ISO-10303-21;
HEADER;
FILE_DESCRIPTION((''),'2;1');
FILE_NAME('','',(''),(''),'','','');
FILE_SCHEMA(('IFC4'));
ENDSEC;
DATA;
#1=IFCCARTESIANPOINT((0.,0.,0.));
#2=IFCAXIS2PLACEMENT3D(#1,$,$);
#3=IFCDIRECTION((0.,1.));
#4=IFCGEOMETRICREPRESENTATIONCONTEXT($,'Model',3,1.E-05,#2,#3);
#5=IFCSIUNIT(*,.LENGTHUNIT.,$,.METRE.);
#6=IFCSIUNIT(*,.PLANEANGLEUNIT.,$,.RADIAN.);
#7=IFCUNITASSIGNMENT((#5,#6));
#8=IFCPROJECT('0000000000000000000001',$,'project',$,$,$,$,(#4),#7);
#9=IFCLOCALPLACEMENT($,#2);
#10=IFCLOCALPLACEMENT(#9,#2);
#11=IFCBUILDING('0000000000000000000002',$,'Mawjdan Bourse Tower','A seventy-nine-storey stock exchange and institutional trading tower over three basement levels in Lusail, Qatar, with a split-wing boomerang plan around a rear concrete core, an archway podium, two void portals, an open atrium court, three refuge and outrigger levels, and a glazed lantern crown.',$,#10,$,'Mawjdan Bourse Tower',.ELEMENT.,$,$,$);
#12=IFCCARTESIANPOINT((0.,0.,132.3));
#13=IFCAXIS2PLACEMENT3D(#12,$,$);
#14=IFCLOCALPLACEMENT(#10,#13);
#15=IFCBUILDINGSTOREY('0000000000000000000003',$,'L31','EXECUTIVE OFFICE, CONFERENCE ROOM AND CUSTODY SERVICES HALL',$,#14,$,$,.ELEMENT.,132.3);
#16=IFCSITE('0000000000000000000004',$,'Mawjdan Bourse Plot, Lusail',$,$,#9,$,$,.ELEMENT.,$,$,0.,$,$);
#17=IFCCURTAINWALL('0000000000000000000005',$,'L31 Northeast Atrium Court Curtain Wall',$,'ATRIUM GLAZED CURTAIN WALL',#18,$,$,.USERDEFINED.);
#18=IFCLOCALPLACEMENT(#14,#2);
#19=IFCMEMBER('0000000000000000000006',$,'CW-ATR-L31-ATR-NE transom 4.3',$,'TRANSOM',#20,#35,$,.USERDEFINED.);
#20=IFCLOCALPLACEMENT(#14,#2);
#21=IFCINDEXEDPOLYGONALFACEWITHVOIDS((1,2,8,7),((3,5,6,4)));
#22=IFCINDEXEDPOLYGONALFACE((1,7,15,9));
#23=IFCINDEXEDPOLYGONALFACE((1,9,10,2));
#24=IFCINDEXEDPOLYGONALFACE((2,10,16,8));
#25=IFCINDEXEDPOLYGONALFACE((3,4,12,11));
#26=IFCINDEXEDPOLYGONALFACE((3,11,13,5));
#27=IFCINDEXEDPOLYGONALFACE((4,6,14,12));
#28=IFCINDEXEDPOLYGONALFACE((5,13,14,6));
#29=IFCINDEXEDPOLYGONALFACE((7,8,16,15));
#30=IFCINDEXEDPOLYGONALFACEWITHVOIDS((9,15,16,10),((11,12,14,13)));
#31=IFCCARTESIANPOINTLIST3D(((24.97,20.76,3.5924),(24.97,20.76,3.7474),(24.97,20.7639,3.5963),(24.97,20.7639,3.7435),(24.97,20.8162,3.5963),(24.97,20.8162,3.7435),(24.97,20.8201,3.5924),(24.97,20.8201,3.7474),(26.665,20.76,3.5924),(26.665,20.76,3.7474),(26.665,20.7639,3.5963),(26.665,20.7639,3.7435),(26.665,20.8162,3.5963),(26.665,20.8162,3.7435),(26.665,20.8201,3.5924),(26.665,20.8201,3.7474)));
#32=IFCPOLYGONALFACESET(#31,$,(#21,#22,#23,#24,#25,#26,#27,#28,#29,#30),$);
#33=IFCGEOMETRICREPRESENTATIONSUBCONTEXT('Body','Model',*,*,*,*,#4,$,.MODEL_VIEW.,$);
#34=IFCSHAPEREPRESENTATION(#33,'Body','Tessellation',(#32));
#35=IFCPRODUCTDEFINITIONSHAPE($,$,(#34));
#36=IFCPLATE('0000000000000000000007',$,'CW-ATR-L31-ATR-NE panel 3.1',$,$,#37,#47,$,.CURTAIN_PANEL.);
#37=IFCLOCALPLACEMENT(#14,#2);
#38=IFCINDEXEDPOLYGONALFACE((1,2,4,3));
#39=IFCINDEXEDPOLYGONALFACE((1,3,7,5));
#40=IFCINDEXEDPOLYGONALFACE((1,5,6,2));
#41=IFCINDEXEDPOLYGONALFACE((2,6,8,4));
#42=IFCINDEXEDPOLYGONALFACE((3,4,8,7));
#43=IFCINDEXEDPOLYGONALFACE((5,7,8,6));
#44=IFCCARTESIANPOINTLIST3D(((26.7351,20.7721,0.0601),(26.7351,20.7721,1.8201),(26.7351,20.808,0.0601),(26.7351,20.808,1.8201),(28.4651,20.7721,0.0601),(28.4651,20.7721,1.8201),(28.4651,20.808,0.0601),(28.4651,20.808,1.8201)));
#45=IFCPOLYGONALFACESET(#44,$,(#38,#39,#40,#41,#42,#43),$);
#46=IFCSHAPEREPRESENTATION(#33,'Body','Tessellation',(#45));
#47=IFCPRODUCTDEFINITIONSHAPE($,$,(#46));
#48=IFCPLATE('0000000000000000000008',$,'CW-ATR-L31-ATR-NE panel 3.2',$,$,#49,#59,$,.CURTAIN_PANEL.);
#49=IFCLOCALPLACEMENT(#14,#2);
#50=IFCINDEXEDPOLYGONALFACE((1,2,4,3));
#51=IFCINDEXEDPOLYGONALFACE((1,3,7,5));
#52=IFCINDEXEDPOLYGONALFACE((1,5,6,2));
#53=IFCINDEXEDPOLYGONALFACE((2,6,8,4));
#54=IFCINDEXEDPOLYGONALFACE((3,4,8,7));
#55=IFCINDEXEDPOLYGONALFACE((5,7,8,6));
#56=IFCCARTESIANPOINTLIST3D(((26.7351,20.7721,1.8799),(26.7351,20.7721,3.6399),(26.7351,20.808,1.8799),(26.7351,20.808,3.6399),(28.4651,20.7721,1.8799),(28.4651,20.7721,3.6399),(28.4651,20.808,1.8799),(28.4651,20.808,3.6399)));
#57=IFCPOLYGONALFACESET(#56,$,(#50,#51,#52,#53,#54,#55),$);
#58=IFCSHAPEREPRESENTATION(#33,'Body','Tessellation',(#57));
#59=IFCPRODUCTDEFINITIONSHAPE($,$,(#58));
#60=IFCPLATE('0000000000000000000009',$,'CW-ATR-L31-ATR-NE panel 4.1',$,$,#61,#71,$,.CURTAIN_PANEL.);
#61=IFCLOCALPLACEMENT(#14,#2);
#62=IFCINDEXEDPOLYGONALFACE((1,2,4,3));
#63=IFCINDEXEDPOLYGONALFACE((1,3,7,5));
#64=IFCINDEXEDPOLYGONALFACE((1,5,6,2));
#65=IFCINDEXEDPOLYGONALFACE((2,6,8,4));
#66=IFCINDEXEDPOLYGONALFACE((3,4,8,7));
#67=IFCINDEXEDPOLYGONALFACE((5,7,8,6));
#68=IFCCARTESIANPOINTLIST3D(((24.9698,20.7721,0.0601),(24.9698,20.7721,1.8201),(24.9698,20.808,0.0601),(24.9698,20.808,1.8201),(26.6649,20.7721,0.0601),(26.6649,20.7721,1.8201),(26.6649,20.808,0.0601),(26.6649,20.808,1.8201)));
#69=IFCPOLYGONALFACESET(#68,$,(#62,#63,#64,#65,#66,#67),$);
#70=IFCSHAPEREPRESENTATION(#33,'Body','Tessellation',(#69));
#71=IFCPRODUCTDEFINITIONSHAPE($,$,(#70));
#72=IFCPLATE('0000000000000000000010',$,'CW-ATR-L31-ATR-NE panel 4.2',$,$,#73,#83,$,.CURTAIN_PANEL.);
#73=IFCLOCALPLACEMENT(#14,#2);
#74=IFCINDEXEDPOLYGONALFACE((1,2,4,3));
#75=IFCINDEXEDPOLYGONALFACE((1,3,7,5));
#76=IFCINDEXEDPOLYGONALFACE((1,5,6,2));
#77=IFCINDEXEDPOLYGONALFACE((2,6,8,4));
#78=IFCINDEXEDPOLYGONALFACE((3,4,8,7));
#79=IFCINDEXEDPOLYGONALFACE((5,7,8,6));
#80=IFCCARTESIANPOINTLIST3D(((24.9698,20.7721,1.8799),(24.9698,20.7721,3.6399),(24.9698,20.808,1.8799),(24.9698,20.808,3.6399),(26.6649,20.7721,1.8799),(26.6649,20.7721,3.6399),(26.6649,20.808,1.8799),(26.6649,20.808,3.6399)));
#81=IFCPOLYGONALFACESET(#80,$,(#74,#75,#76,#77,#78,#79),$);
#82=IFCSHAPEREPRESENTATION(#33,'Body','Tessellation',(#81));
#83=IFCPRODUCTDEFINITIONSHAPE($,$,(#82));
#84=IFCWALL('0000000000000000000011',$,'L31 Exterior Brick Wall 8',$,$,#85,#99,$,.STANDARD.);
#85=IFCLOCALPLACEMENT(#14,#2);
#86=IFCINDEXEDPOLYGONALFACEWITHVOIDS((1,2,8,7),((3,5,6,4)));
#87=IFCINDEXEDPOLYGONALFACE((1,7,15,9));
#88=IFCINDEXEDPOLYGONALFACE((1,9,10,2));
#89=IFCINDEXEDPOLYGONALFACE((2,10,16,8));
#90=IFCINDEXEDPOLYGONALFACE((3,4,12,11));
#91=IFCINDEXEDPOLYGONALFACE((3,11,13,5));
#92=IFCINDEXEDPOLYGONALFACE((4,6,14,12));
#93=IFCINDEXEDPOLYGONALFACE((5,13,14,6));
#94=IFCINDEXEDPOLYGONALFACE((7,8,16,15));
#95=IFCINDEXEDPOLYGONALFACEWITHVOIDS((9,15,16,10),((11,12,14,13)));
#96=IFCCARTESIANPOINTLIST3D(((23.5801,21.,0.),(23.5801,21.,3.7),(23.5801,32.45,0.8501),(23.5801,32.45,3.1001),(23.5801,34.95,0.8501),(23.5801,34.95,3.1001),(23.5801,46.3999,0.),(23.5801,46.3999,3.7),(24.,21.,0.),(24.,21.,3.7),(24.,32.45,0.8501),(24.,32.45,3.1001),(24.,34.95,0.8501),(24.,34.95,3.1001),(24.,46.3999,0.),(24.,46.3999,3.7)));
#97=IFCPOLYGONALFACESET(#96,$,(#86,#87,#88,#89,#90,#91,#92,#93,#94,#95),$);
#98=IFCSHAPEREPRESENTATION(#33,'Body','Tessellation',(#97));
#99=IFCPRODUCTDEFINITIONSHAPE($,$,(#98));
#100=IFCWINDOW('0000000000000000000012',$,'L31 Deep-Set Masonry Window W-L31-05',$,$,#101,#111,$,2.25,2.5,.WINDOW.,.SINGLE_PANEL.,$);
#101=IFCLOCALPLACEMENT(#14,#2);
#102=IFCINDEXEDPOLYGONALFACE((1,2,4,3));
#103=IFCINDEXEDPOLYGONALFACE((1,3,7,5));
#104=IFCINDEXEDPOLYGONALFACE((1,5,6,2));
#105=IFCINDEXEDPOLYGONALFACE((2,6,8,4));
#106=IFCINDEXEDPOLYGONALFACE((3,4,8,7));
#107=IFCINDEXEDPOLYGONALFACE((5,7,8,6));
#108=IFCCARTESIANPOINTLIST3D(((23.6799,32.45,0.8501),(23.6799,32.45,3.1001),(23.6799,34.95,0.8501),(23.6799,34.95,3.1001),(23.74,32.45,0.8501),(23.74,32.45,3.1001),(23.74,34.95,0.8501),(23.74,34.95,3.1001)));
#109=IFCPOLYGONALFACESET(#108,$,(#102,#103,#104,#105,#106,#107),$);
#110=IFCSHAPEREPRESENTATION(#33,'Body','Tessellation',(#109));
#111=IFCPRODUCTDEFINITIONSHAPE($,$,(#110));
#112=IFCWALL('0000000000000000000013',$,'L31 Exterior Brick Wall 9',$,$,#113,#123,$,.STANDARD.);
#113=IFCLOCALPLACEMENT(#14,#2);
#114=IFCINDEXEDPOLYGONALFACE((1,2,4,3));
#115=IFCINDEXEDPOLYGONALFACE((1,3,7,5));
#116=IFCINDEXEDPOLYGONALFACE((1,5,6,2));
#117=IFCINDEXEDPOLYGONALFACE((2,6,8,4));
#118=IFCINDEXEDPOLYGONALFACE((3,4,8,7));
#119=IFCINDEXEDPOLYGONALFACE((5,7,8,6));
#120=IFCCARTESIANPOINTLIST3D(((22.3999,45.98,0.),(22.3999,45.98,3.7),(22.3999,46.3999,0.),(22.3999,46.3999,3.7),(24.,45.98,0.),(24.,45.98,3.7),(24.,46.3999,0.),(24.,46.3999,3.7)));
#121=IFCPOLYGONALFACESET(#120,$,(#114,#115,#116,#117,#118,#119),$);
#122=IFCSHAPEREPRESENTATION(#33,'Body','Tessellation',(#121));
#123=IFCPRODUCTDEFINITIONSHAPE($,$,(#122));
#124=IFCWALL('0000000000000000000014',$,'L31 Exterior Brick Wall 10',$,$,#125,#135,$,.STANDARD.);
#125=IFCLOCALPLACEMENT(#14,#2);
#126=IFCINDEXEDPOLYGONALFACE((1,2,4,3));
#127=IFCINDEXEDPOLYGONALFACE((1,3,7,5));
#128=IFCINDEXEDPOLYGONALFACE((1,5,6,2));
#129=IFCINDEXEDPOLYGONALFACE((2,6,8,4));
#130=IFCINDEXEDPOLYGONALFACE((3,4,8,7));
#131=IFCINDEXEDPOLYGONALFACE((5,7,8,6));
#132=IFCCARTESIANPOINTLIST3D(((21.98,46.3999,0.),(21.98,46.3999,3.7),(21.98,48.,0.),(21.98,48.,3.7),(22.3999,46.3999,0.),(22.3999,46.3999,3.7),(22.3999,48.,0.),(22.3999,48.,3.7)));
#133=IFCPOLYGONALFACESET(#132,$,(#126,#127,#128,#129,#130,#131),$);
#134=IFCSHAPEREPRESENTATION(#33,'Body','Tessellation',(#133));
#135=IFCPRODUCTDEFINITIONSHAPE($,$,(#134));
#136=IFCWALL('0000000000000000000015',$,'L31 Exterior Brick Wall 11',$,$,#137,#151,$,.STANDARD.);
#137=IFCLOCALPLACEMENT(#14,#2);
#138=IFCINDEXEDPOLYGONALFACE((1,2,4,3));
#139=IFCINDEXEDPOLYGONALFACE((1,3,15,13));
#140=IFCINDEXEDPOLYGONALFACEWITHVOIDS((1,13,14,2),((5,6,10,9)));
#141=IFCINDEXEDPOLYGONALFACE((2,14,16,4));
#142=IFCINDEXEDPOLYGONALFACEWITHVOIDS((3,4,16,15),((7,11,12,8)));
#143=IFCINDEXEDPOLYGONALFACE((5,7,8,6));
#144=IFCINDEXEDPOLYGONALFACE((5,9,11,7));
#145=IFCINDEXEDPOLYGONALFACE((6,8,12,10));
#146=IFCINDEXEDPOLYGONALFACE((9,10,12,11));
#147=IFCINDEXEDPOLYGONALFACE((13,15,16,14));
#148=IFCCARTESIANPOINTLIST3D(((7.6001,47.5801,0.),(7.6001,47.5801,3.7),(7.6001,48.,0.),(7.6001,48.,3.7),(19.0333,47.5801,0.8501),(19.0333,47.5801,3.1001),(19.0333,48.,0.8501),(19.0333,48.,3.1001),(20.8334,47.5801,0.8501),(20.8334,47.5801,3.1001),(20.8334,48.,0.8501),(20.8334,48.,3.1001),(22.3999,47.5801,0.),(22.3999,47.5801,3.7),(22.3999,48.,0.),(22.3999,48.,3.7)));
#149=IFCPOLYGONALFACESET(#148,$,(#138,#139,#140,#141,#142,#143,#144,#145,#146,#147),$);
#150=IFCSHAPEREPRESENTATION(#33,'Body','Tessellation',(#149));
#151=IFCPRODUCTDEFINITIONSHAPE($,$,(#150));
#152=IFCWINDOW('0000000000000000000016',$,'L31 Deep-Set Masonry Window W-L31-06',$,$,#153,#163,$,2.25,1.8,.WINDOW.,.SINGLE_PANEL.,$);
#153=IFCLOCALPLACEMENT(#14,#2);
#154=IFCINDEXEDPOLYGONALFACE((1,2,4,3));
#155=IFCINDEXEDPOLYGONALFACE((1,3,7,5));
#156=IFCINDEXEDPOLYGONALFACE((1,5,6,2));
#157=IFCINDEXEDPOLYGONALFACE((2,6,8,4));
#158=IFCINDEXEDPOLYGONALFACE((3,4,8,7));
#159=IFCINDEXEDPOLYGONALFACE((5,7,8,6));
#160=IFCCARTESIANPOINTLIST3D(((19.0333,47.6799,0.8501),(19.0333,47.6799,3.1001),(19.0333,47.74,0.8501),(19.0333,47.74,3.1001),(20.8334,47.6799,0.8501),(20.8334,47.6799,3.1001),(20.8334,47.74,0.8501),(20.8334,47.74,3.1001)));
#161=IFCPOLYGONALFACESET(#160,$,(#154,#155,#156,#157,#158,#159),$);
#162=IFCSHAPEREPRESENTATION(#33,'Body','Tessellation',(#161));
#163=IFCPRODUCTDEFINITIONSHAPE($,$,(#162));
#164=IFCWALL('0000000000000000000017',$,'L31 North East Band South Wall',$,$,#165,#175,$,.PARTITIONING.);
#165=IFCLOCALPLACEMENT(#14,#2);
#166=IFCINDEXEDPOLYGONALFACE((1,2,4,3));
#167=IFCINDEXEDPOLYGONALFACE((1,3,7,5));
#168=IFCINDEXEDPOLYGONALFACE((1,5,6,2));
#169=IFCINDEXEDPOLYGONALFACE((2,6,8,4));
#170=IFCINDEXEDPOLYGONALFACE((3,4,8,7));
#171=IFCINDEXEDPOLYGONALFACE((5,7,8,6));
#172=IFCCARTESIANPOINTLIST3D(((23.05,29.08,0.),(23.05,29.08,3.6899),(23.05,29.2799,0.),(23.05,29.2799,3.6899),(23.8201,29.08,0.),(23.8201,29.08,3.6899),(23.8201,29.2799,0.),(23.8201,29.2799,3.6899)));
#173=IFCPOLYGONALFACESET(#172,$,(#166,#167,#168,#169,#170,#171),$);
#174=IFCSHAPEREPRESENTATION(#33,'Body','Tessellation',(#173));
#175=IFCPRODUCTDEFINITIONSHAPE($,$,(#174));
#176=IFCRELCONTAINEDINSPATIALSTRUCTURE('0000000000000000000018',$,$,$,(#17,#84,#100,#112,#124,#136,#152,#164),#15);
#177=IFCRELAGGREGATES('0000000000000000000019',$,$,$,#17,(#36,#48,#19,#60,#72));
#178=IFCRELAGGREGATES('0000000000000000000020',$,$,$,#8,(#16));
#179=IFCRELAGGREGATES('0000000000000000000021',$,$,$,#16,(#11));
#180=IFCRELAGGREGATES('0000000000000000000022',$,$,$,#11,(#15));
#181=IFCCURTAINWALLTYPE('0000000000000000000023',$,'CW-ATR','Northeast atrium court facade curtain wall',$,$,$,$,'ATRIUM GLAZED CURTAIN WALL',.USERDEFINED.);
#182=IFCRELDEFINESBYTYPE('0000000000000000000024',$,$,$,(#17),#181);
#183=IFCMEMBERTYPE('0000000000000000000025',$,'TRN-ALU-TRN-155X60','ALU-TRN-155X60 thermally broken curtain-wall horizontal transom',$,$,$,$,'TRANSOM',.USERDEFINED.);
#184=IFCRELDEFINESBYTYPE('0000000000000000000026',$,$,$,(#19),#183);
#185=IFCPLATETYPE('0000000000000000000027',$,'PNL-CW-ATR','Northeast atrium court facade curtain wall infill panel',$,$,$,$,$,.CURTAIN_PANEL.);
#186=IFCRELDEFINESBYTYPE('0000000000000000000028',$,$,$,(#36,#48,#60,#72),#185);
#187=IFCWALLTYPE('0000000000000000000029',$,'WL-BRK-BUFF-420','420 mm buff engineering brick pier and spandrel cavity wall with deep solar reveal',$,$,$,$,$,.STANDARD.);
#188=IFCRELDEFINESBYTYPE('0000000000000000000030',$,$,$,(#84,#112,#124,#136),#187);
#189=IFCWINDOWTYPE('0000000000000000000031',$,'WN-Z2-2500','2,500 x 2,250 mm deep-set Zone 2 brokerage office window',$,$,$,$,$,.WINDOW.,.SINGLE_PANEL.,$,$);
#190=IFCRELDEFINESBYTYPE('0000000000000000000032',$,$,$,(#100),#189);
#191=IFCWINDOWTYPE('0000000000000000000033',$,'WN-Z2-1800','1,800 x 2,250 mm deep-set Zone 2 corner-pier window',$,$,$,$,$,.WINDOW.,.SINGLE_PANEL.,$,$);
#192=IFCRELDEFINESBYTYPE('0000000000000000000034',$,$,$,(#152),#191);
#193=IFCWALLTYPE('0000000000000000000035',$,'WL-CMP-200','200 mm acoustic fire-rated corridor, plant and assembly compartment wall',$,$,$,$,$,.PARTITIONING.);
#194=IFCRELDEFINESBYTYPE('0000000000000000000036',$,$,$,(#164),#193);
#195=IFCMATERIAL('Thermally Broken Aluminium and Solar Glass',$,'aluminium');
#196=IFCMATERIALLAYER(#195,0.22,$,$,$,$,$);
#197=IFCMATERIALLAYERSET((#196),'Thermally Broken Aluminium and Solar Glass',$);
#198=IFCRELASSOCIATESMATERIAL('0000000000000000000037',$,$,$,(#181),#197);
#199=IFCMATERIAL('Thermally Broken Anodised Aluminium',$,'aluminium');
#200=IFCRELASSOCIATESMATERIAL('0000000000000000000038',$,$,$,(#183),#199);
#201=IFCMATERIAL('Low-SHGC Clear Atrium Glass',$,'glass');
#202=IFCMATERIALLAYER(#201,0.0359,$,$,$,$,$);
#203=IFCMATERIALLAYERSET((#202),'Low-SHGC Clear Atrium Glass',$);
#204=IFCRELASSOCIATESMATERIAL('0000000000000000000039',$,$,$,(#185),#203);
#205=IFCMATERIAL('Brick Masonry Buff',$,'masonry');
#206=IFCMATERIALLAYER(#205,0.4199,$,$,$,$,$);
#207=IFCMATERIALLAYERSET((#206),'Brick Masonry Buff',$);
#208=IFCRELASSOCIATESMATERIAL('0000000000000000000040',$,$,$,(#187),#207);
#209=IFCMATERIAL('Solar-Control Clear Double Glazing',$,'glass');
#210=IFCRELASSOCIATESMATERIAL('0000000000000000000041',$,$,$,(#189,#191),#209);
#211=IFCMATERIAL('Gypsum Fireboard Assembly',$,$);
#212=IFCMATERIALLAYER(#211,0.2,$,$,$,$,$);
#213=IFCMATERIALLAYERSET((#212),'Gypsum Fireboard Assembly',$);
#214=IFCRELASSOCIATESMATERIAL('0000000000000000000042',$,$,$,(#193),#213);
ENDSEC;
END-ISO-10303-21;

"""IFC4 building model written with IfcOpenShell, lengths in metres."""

from ifc_helpers import new_model, si_unit, direction, frame, frame_2d, origin, origin_2d, place, context, subcontext, project, spatial, rectangle, hollow_rectangle, extrude, material, layer, layer_set, material_profile, profile_set, type_object, element, fill, aggregate, save


model = new_model("IFC4")

# Units and contexts
model_context = context("Model", 3, precision=1e-05, world=origin(), true_north=direction((0.0, 1.0)))
body_context = subcontext(model_context, "Body", "Model", "MODEL_VIEW")
ifc_project = project(units=[si_unit("LENGTHUNIT", "METRE"), si_unit("PLANEANGLEUNIT", "RADIAN")], contexts=[model_context])

# Site, building, storey
site_placement = place(None, origin())
site = spatial("IfcSite", under=ifc_project, at=site_placement, Name="Mawjdan Bourse Plot, Lusail", CompositionType="ELEMENT", RefElevation=0.0)
building_placement = place(site_placement, origin())
building = spatial("IfcBuilding", under=site, at=building_placement, Name="Mawjdan Bourse Tower", Description="A seventy-nine-storey stock exchange and institutional trading tower over three basement levels in Lusail, Qatar, with a split-wing boomerang plan around a rear concrete core, an archway podium, two void portals, an open atrium court, three refuge and outrigger levels, and a glazed lantern crown.", LongName="Mawjdan Bourse Tower", CompositionType="ELEMENT")
storey_placement = place(building_placement, frame((0.0, 0.0, 132.3)))
storey = spatial("IfcBuildingStorey", under=building, at=storey_placement, Name="L31", Description="EXECUTIVE OFFICE, CONFERENCE ROOM AND CUSTODY SERVICES HALL", CompositionType="ELEMENT", Elevation=132.3)

# Curtain wall
ifc_material_1 = material(Name="Thermally Broken Aluminium and Solar Glass", Category="aluminium")
ifc_layer_1 = layer(ifc_material_1, 0.22)
ifc_layer_set_1 = layer_set([ifc_layer_1], Name="Thermally Broken Aluminium and Solar Glass")
curtain_wall_type = type_object("IfcCurtainWallType", Name="CW-ATR", Description="Northeast atrium court facade curtain wall", ElementType="ATRIUM GLAZED CURTAIN WALL", PredefinedType="USERDEFINED", material=ifc_layer_set_1)
curtain_wall_placement = place(storey_placement, origin())
curtain_wall = element("IfcCurtainWall", 1, at=curtain_wall_placement, inside=storey, type_object=curtain_wall_type, Name="L31 Northeast Atrium Court Curtain Wall", ObjectType="ATRIUM GLAZED CURTAIN WALL", PredefinedType="USERDEFINED")
ifc_material_2 = material(Name="Thermally Broken Anodised Aluminium", Category="aluminium")

# Member
ifc_material_profile_1 = material_profile(ifc_material_2, hollow_rectangle(XDim=0.0601, YDim=0.155, WallThickness=0.0039, at=origin_2d()), Name="ALU-TRN-155X60")
ifc_profile_set_1 = profile_set([ifc_material_profile_1], Name="Thermally Broken Anodised Aluminium")
member_type_1 = type_object("IfcMemberType", Name="TRN-ALU-TRN-155X60", Description="ALU-TRN-155X60 thermally broken curtain-wall horizontal transom", ElementType="TRANSOM", PredefinedType="USERDEFINED", material=ifc_profile_set_1)
member_1_placement = place(storey_placement, frame((26.665, 20.79, 3.6699), z_axis=(-1.0, 0.0, 0.0), x_axis=(0.0, -1.0, 0.0)))
member_1 = element("IfcMember", 2, at=member_1_placement, type_object=member_type_1, Name="CW-ATR-L31-ATR-NE transom 4.3", ObjectType="TRANSOM", PredefinedType="USERDEFINED", context=body_context, shape_type="SweptSolid", body=[
    extrude(hollow_rectangle(XDim=0.0601, YDim=0.155, WallThickness=0.0039, at=origin_2d()), origin(), (0.0, 0.0, 1.0), 1.6951),
])

# Plates
ifc_material_3 = material(Name="Low-SHGC Clear Atrium Glass", Category="glass")
ifc_layer_2 = layer(ifc_material_3, 0.0359)
ifc_layer_set_2 = layer_set([ifc_layer_2], Name="Low-SHGC Clear Atrium Glass")
plate_type = type_object("IfcPlateType", Name="PNL-CW-ATR", Description="Northeast atrium court facade curtain wall infill panel", PredefinedType="CURTAIN_PANEL", material=ifc_layer_set_2)
plate_1_placement = place(storey_placement, frame((27.6001, 20.79, 0.0601), z_axis=(0.0, 0.0, 1.0), x_axis=(-1.0, 0.0, 0.0)))
plate_1 = element("IfcPlate", 3, at=plate_1_placement, type_object=plate_type, Name="CW-ATR-L31-ATR-NE panel 3.1", PredefinedType="CURTAIN_PANEL", context=body_context, shape_type="SweptSolid", body=[
    extrude(rectangle(XDim=1.73, YDim=0.0359, at=origin_2d()), origin(), (0.0, 0.0, 1.0), 1.76),
])
plate_2_placement = place(storey_placement, frame((27.6001, 20.79, 1.8799), z_axis=(0.0, 0.0, 1.0), x_axis=(-1.0, 0.0, 0.0)))
plate_2 = element("IfcPlate", 4, at=plate_2_placement, type_object=plate_type, Name="CW-ATR-L31-ATR-NE panel 3.2", PredefinedType="CURTAIN_PANEL", context=body_context, shape_type="SweptSolid", body=[
    extrude(rectangle(XDim=1.73, YDim=0.0359, at=origin_2d()), origin(), (0.0, 0.0, 1.0), 1.76),
])
plate_3_placement = place(storey_placement, frame((25.8174, 20.79, 0.0601), z_axis=(0.0, 0.0, 1.0), x_axis=(-1.0, 0.0, 0.0)))
plate_3 = element("IfcPlate", 5, at=plate_3_placement, type_object=plate_type, Name="CW-ATR-L31-ATR-NE panel 4.1", PredefinedType="CURTAIN_PANEL", context=body_context, shape_type="SweptSolid", body=[
    extrude(rectangle(XDim=1.6951, YDim=0.0359, at=origin_2d()), origin(), (0.0, 0.0, 1.0), 1.76),
])
plate_4_placement = place(storey_placement, frame((25.8174, 20.79, 1.8799), z_axis=(0.0, 0.0, 1.0), x_axis=(-1.0, 0.0, 0.0)))
plate_4 = element("IfcPlate", 6, at=plate_4_placement, type_object=plate_type, Name="CW-ATR-L31-ATR-NE panel 4.2", PredefinedType="CURTAIN_PANEL", context=body_context, shape_type="SweptSolid", body=[
    extrude(rectangle(XDim=1.6951, YDim=0.0359, at=origin_2d()), origin(), (0.0, 0.0, 1.0), 1.76),
])
aggregate(curtain_wall, [plate_1, plate_2, member_1, plate_3, plate_4])

# Wall, opening, window
ifc_material_4 = material(Name="Brick Masonry Buff", Category="masonry")
ifc_layer_3 = layer(ifc_material_4, 0.4199)
ifc_layer_set_3 = layer_set([ifc_layer_3], Name="Brick Masonry Buff")
wall_type_1 = type_object("IfcWallType", Name="WL-BRK-BUFF-420", Description="420 mm buff engineering brick pier and spandrel cavity wall with deep solar reveal", PredefinedType="STANDARD", material=ifc_layer_set_3)
wall_1_placement = place(storey_placement, frame((23.79, 21.0, 0.0), z_axis=(0.0, 0.0, 1.0), x_axis=(0.0, 1.0, 0.0)))
wall_1 = element("IfcWall", 7, at=wall_1_placement, inside=storey, type_object=wall_type_1, Name="L31 Exterior Brick Wall 8", PredefinedType="STANDARD", context=body_context, shape_type="SweptSolid", body=[
    extrude(rectangle(XDim=25.3999, YDim=0.4199, at=frame_2d((12.7, 0.0))), origin(), (0.0, 0.0, 1.0), 3.7),
])
opening_1_placement = place(wall_1_placement, frame((11.45, 0.0, 0.8501)))
opening_1 = element("IfcOpeningElement", 8, at=opening_1_placement, cuts=wall_1, PredefinedType="OPENING", context=body_context, shape_type="SweptSolid", body=[
    extrude(rectangle(XDim=2.5, YDim=2.25, at=frame_2d((1.25, 1.125))), frame((0.0, 0.22, 0.0), z_axis=(0.0, -1.0, 0.0), x_axis=(1.0, 0.0, 0.0)), (0.0, 0.0, 1.0), 0.4399),
])
ifc_material_5 = material(Name="Solar-Control Clear Double Glazing", Category="glass")
window_type_1 = type_object("IfcWindowType", Name="WN-Z2-2500", Description="2,500 x 2,250 mm deep-set Zone 2 brokerage office window", PartitioningType="SINGLE_PANEL", PredefinedType="WINDOW", material=ifc_material_5)
window_1_placement = place(opening_1_placement, origin())
window_1 = element("IfcWindow", 9, at=window_1_placement, inside=storey, type_object=window_type_1, Name="L31 Deep-Set Masonry Window W-L31-05", OverallHeight=2.25, OverallWidth=2.5, PartitioningType="SINGLE_PANEL", PredefinedType="WINDOW", context=body_context, shape_type="SweptSolid", body=[
    extrude(rectangle(XDim=2.5, YDim=2.25, at=frame_2d((1.25, 1.125))), frame((0.0, 0.1101, 0.0), z_axis=(0.0, -1.0, 0.0), x_axis=(1.0, 0.0, 0.0)), (0.0, 0.0, 1.0), 0.0601),
])
fill(opening_1, window_1)

# Walls
for number, where, z_axis, x_axis, name in (
    (10, (24.0, 46.1899, 0.0), (0.0, 0.0, 1.0), (-1.0, 0.0, 0.0), "L31 Exterior Brick Wall 9"),
    (11, (22.1899, 46.3999, 0.0), (0.0, 0.0, 1.0), (0.0, 1.0, 0.0), "L31 Exterior Brick Wall 10"),
):
    element("IfcWall", number, at=place(storey_placement, frame(where, z_axis=z_axis, x_axis=x_axis)), inside=storey, type_object=wall_type_1, Name=name, PredefinedType="STANDARD", context=body_context, shape_type="SweptSolid", body=[
        extrude(rectangle(XDim=1.6001, YDim=0.4199, at=frame_2d((0.8, 0.0))), origin(), (0.0, 0.0, 1.0), 3.7),
    ])

# Wall, opening, window
wall_2_placement = place(storey_placement, frame((22.3999, 47.79, 0.0), z_axis=(0.0, 0.0, 1.0), x_axis=(-1.0, 0.0, 0.0)))
wall_2 = element("IfcWall", 12, at=wall_2_placement, inside=storey, type_object=wall_type_1, Name="L31 Exterior Brick Wall 11", PredefinedType="STANDARD", context=body_context, shape_type="SweptSolid", body=[
    extrude(rectangle(XDim=14.7998, YDim=0.4199, at=frame_2d((7.3999, 0.0))), origin(), (0.0, 0.0, 1.0), 3.7),
])
opening_2_placement = place(wall_2_placement, frame((1.5667, 0.0, 0.8501)))
opening_2 = element("IfcOpeningElement", 13, at=opening_2_placement, cuts=wall_2, PredefinedType="OPENING", context=body_context, shape_type="SweptSolid", body=[
    extrude(rectangle(XDim=1.8, YDim=2.25, at=frame_2d((0.8999, 1.125))), frame((0.0, 0.22, 0.0), z_axis=(0.0, -1.0, 0.0), x_axis=(1.0, 0.0, 0.0)), (0.0, 0.0, 1.0), 0.4399),
])
window_type_2 = type_object("IfcWindowType", Name="WN-Z2-1800", Description="1,800 x 2,250 mm deep-set Zone 2 corner-pier window", PartitioningType="SINGLE_PANEL", PredefinedType="WINDOW", material=ifc_material_5)
window_2_placement = place(opening_2_placement, origin())
window_2 = element("IfcWindow", 14, at=window_2_placement, inside=storey, type_object=window_type_2, Name="L31 Deep-Set Masonry Window W-L31-06", OverallHeight=2.25, OverallWidth=1.8, PartitioningType="SINGLE_PANEL", PredefinedType="WINDOW", context=body_context, shape_type="SweptSolid", body=[
    extrude(rectangle(XDim=1.8, YDim=2.25, at=frame_2d((0.8999, 1.125))), frame((0.0, 0.1101, 0.0), z_axis=(0.0, -1.0, 0.0), x_axis=(1.0, 0.0, 0.0)), (0.0, 0.0, 1.0), 0.0601),
])
fill(opening_2, window_2)

# Shared definitions
ifc_material_6 = material(Name="Gypsum Fireboard Assembly")
ifc_layer_4 = layer(ifc_material_6, 0.2)
ifc_layer_set_4 = layer_set([ifc_layer_4], Name="Gypsum Fireboard Assembly")
wall_type_2 = type_object("IfcWallType", Name="WL-CMP-200", Description="200 mm acoustic fire-rated corridor, plant and assembly compartment wall", PredefinedType="PARTITIONING", material=ifc_layer_set_4)

# Wall
wall_3_placement = place(storey_placement, frame((23.05, 29.1799, 0.0), z_axis=(0.0, 0.0, 1.0), x_axis=(1.0, 0.0, 0.0)))
element("IfcWall", 15, at=wall_3_placement, inside=storey, type_object=wall_type_2, Name="L31 North East Band South Wall", PredefinedType="PARTITIONING", context=body_context, shape_type="SweptSolid", body=[
    extrude(rectangle(XDim=0.77, YDim=0.2, at=frame_2d((0.385, 0.0))), origin(), (0.0, 0.0, 1.0), 3.6899),
])

save(model, "model.ifc")
